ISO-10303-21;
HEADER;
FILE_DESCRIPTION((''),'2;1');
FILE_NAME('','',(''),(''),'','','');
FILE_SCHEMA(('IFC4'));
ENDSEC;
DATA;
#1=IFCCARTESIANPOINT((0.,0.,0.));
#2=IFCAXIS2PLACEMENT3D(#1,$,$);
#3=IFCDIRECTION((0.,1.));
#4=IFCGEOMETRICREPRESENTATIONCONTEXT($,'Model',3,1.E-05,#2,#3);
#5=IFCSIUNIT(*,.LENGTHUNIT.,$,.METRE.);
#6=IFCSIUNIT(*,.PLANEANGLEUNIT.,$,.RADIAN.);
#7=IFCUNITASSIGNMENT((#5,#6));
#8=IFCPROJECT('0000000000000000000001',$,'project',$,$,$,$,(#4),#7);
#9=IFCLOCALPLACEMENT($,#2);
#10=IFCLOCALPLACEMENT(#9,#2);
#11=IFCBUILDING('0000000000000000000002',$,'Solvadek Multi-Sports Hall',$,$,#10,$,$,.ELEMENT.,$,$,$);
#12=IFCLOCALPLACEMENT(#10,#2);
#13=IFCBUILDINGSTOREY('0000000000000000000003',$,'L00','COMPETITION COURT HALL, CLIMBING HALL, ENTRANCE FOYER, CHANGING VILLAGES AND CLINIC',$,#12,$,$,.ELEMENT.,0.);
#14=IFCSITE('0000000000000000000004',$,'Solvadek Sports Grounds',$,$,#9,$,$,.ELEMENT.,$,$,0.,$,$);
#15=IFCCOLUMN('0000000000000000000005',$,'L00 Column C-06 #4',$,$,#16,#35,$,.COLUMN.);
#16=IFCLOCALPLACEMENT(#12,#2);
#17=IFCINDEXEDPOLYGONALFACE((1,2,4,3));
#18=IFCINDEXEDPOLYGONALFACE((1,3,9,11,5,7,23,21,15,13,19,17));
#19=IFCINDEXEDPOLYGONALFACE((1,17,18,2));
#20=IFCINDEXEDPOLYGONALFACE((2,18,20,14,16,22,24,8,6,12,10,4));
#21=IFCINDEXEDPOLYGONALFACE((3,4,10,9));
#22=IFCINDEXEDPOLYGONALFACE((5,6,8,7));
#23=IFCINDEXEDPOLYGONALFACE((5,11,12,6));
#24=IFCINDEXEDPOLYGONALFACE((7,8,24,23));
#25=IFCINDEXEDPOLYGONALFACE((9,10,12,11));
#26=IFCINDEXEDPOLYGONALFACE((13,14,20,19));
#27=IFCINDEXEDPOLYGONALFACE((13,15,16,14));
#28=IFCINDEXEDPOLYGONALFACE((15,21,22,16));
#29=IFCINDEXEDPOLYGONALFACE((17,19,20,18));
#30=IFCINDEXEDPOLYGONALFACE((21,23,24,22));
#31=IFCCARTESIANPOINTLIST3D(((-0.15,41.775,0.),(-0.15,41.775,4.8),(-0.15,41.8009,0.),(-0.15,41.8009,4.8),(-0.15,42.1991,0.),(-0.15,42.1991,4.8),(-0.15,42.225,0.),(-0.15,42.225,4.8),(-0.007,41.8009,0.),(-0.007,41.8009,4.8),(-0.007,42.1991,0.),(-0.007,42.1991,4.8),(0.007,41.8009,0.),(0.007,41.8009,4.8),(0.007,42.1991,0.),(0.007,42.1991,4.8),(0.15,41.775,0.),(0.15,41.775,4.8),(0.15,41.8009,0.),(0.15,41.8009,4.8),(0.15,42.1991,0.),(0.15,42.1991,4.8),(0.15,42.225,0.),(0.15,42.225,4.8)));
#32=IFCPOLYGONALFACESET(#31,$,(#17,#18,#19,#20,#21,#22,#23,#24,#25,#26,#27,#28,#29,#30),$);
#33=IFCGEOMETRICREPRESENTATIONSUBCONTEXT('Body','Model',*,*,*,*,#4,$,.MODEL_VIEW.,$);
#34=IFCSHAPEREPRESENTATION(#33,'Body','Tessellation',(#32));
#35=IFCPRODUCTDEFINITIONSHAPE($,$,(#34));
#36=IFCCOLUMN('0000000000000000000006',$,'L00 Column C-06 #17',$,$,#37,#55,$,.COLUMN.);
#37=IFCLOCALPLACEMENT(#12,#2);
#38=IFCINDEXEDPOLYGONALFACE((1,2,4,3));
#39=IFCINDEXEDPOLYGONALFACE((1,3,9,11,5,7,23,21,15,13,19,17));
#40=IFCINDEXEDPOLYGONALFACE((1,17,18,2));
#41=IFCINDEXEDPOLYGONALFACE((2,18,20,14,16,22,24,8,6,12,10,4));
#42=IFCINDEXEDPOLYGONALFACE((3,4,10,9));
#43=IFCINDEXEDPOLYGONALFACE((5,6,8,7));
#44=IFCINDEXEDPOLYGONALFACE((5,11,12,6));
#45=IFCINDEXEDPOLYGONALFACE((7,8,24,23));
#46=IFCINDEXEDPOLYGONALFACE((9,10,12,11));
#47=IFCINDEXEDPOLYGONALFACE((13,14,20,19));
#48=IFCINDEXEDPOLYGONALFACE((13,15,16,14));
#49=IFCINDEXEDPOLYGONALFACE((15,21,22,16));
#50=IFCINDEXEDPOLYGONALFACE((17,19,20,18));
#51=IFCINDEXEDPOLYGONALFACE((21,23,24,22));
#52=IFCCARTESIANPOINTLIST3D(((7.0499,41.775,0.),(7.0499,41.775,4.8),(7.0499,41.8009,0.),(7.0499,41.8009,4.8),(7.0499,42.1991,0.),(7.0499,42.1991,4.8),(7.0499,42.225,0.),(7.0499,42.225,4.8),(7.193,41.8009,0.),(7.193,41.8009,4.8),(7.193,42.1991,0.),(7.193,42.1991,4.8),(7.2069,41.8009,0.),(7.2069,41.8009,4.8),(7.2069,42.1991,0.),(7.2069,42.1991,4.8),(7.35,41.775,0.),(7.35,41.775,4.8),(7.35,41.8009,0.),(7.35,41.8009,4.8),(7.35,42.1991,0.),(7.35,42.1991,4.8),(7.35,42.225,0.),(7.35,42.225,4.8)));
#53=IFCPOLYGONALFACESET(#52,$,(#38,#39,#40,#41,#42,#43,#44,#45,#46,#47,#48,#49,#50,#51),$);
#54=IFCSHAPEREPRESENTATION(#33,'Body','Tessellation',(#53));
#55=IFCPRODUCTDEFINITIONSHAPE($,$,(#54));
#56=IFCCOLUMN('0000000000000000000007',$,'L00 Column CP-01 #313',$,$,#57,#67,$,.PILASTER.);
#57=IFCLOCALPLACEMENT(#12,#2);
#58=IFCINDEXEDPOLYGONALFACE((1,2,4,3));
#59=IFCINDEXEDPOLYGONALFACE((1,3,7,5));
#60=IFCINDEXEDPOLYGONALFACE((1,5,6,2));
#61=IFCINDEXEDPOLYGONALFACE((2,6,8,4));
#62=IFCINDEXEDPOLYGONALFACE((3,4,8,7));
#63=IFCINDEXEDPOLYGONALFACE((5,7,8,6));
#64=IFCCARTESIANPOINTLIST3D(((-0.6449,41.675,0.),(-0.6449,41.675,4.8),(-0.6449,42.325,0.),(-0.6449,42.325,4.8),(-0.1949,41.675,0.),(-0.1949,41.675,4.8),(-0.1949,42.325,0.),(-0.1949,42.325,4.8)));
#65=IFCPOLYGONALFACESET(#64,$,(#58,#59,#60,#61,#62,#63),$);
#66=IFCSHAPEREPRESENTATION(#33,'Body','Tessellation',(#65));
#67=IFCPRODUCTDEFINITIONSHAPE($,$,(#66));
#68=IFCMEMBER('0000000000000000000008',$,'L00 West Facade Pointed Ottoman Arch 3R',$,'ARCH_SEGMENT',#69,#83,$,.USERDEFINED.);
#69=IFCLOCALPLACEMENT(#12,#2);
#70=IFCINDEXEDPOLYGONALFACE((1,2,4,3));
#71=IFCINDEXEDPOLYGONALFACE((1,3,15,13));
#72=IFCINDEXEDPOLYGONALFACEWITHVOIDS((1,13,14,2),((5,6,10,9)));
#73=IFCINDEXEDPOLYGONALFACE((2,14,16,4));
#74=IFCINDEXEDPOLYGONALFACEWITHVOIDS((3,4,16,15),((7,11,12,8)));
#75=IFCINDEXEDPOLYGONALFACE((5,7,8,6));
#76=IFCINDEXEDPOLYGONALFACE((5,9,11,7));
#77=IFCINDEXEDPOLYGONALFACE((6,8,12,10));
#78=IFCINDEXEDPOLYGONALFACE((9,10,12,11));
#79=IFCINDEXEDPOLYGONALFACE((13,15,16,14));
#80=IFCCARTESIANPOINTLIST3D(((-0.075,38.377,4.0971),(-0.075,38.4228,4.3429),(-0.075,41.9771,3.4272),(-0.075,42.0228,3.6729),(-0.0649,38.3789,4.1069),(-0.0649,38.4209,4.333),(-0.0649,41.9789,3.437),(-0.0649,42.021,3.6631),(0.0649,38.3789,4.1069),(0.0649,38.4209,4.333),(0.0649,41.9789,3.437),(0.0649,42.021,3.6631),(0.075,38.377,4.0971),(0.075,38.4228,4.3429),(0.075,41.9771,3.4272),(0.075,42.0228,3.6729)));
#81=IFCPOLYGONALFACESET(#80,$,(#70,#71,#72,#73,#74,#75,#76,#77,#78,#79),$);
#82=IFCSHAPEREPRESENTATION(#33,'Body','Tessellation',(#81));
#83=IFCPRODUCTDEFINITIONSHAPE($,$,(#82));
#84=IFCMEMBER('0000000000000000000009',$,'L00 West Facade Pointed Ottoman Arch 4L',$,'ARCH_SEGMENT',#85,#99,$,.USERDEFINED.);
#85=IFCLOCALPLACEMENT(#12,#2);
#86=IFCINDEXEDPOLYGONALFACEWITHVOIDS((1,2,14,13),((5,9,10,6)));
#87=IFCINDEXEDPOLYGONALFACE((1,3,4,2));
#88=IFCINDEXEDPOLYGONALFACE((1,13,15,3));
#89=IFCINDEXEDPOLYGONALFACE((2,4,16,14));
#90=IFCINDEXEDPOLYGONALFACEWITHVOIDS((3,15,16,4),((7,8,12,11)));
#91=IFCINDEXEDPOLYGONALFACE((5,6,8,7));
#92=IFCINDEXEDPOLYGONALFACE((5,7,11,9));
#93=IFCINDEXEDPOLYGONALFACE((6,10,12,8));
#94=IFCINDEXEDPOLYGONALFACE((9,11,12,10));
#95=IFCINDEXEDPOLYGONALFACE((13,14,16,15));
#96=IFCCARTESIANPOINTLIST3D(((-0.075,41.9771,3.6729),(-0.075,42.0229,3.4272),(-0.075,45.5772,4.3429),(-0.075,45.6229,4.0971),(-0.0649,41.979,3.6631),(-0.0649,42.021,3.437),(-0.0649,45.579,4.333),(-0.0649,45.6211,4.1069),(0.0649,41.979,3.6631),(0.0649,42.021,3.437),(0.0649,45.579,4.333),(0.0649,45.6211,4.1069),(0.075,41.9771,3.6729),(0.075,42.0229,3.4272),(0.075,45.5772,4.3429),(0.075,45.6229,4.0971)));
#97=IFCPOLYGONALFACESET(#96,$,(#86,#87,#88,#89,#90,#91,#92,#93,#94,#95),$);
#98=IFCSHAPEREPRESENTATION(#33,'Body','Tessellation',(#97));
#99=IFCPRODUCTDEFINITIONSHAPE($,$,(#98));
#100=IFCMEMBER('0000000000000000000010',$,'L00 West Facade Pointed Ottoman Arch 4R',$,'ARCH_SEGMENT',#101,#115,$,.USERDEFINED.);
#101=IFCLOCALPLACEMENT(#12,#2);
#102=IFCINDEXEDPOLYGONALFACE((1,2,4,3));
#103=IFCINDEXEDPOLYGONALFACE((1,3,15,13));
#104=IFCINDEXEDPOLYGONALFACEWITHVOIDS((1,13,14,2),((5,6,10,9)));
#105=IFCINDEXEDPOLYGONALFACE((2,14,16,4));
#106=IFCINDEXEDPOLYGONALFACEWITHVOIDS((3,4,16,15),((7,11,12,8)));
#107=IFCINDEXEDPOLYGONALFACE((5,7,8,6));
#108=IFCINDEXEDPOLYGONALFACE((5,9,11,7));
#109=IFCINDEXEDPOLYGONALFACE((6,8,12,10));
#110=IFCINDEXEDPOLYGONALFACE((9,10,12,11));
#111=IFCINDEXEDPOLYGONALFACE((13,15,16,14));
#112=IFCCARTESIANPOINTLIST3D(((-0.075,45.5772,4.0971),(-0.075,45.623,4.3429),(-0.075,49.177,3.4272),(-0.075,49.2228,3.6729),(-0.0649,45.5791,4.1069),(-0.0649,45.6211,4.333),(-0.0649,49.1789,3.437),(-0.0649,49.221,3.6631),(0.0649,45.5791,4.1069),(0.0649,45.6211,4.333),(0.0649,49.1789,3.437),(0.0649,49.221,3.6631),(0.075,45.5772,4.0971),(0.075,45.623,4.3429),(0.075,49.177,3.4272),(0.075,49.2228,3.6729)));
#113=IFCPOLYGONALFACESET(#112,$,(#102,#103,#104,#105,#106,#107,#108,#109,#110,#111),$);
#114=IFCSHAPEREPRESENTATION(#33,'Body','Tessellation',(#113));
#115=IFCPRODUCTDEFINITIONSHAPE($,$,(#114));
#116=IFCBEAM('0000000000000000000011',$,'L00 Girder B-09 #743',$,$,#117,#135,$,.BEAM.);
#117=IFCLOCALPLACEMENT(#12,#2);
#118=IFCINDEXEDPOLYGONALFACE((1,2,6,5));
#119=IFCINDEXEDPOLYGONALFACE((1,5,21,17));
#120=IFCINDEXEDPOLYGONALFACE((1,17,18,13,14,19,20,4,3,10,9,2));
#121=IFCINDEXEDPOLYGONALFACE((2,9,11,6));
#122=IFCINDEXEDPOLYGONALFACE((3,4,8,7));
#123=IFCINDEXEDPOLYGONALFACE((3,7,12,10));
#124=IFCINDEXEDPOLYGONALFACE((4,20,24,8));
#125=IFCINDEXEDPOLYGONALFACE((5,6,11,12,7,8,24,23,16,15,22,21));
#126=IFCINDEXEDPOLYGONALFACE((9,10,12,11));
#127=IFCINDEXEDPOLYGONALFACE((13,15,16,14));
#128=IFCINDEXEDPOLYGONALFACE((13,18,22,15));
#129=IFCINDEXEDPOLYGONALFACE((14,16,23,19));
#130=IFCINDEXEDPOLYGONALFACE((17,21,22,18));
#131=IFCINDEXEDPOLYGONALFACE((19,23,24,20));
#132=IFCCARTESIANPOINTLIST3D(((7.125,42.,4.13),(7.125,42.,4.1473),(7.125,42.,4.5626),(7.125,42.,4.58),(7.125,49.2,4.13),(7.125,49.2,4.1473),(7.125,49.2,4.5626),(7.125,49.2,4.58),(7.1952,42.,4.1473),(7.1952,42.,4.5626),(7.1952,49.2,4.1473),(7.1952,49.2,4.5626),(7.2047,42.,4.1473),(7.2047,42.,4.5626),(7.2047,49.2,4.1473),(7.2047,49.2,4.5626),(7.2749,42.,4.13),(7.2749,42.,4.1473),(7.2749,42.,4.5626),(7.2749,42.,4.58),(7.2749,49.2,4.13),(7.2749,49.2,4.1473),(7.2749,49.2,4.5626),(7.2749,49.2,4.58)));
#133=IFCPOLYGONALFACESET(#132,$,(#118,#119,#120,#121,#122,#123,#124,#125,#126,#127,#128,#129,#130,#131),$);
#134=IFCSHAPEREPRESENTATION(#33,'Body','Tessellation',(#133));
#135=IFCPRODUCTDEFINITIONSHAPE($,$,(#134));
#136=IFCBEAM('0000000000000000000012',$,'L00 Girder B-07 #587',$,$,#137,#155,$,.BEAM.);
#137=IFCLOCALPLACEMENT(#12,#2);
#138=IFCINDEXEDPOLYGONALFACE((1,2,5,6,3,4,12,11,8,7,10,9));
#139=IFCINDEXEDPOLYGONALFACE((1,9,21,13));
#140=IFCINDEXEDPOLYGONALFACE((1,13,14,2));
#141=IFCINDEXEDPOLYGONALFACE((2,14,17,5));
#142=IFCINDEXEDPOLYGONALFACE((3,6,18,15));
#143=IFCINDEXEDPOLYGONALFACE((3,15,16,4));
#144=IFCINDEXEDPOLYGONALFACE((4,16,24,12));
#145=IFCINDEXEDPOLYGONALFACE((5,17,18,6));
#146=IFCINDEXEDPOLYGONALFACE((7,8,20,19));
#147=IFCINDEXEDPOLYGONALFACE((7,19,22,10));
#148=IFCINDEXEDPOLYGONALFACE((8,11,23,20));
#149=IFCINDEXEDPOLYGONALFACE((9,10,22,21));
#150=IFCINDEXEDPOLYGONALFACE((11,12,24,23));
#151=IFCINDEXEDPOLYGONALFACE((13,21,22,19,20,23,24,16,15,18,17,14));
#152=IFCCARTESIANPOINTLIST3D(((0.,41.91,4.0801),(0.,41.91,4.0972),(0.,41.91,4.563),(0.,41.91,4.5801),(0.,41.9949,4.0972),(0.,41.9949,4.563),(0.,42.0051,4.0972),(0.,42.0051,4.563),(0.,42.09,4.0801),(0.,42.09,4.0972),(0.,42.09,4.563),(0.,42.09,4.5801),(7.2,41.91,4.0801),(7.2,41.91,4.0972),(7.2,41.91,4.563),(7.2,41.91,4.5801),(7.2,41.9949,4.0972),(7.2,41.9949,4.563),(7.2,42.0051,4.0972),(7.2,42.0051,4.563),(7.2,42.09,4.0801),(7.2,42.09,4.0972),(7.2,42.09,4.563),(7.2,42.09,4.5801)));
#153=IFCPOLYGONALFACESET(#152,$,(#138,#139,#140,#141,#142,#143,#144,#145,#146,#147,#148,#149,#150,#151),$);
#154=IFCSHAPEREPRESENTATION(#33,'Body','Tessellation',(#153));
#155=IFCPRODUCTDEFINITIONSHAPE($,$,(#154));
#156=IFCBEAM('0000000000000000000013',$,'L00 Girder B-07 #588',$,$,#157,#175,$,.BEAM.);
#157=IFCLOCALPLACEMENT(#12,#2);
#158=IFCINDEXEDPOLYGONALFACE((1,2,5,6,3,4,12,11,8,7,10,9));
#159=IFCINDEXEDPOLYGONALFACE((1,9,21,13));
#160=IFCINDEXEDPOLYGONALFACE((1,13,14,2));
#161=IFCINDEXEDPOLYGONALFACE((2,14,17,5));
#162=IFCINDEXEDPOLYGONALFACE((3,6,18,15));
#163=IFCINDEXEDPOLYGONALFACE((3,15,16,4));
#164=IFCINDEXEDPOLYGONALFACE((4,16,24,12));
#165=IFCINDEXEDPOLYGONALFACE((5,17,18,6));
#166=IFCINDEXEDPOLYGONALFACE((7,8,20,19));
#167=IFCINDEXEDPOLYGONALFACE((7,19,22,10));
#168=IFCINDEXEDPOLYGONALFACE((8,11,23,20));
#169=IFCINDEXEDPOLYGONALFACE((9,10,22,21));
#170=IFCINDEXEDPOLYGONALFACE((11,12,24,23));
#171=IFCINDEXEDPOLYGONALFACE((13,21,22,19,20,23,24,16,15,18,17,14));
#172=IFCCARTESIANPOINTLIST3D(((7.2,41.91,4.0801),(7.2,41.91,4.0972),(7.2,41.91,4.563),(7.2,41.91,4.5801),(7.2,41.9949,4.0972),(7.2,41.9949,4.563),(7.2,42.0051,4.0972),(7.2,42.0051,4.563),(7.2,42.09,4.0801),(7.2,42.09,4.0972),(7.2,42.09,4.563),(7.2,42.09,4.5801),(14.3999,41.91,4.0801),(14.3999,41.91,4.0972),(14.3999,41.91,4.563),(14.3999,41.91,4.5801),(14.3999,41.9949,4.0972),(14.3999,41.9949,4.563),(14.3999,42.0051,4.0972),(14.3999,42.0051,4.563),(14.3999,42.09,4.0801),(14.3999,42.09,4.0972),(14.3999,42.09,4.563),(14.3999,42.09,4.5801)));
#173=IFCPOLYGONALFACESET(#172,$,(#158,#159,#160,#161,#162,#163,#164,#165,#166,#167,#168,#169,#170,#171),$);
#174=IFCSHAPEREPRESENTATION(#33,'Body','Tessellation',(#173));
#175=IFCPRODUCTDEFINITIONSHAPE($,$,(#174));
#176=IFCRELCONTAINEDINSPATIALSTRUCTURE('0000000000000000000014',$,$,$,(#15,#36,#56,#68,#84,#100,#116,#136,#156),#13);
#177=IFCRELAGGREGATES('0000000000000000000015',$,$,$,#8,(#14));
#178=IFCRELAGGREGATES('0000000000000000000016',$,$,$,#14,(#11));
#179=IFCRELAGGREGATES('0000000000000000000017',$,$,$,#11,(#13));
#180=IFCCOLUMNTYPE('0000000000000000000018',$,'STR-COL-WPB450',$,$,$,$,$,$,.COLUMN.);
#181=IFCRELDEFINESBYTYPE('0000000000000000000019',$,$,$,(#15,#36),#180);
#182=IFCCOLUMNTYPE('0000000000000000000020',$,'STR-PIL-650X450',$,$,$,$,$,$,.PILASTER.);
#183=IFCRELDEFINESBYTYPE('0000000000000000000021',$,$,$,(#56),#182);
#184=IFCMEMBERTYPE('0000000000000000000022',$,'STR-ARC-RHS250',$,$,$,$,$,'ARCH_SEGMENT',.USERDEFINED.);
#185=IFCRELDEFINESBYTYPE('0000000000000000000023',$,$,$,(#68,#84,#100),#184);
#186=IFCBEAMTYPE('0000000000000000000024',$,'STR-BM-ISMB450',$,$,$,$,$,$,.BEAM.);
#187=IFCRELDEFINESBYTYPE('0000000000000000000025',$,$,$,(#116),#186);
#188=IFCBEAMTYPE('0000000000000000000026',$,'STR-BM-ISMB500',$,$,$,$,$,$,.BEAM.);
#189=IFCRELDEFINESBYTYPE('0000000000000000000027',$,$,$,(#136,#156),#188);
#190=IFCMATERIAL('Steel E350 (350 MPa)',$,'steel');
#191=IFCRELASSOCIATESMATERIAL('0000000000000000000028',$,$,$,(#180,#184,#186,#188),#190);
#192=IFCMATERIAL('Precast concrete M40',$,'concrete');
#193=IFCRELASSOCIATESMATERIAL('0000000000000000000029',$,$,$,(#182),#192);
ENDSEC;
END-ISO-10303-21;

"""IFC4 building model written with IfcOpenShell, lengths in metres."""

from ifc_helpers import new_model, si_unit, direction, frame, origin, origin_2d, place, context, subcontext, project, spatial, rectangle, hollow_rectangle, i_section, extrude, material, material_profile, profile_set, type_object, element, save


model = new_model("IFC4")

# Units and contexts
model_context = context("Model", 3, precision=1e-05, world=origin(), true_north=direction((0.0, 1.0)))
body_context = subcontext(model_context, "Body", "Model", "MODEL_VIEW")
ifc_project = project(units=[si_unit("LENGTHUNIT", "METRE"), si_unit("PLANEANGLEUNIT", "RADIAN")], contexts=[model_context])

# Site, building, storey
site_placement = place(None, origin())
site = spatial("IfcSite", under=ifc_project, at=site_placement, Name="Solvadek Sports Grounds", CompositionType="ELEMENT", RefElevation=0.0)
building_placement = place(site_placement, origin())
building = spatial("IfcBuilding", under=site, at=building_placement, Name="Solvadek Multi-Sports Hall", CompositionType="ELEMENT")
storey_placement = place(building_placement, origin())
storey = spatial("IfcBuildingStorey", under=building, at=storey_placement, Name="L00", Description="COMPETITION COURT HALL, CLIMBING HALL, ENTRANCE FOYER, CHANGING VILLAGES AND CLINIC", CompositionType="ELEMENT", Elevation=0.0)

# Columns
ifc_material_1 = material(Name="Steel E350 (350 MPa)", Category="steel")
ifc_material_profile_1 = material_profile(ifc_material_1, i_section(OverallWidth=0.3, OverallDepth=0.45, WebThickness=0.0139, FlangeThickness=0.0259, at=origin_2d()), Name="WPB 450")
ifc_profile_set_1 = profile_set([ifc_material_profile_1], Name="Steel E350 (350 MPa)")
column_type_1 = type_object("IfcColumnType", Name="STR-COL-WPB450", PredefinedType="COLUMN", material=ifc_profile_set_1)
for number, where, z_axis, x_axis, name in (
    (1, (0.0, 42.0, 0.0), (0.0, 0.0, 1.0), (1.0, 0.0, 0.0), "L00 Column C-06 #4"),
    (2, (7.2, 42.0, 0.0), (0.0, 0.0, 1.0), (1.0, 0.0, 0.0), "L00 Column C-06 #17"),
):
    element("IfcColumn", number, at=place(storey_placement, frame(where, z_axis=z_axis, x_axis=x_axis)), inside=storey, type_object=column_type_1, Name=name, PredefinedType="COLUMN", context=body_context, shape_type="SweptSolid", body=[
        extrude(i_section(OverallWidth=0.3, OverallDepth=0.45, WebThickness=0.0139, FlangeThickness=0.0259, at=origin_2d()), origin(), (0.0, 0.0, 1.0), 4.8),
    ])
ifc_material_2 = material(Name="Precast concrete M40", Category="concrete")
ifc_material_profile_2 = material_profile(ifc_material_2, rectangle(XDim=0.45, YDim=0.6499, at=origin_2d()), Name="RC PILASTER 650x450")
ifc_profile_set_2 = profile_set([ifc_material_profile_2], Name="Precast concrete M40")
column_type_2 = type_object("IfcColumnType", Name="STR-PIL-650X450", PredefinedType="PILASTER", material=ifc_profile_set_2)
column_placement = place(storey_placement, frame((-0.4199, 42.0, 0.0), z_axis=(0.0, 0.0, 1.0), x_axis=(1.0, 0.0, 0.0)))
element("IfcColumn", 3, at=column_placement, inside=storey, type_object=column_type_2, Name="L00 Column CP-01 #313", PredefinedType="PILASTER", context=body_context, shape_type="SweptSolid", body=[
    extrude(rectangle(XDim=0.45, YDim=0.6499, at=origin_2d()), origin(), (0.0, 0.0, 1.0), 4.8),
])

# Members
ifc_material_profile_3 = material_profile(ifc_material_1, hollow_rectangle(XDim=0.1499, YDim=0.25, WallThickness=0.01, at=origin_2d()), Name="RHS 250x150x10")
ifc_profile_set_3 = profile_set([ifc_material_profile_3], Name="Steel E350 (350 MPa)")
member_type = type_object("IfcMemberType", Name="STR-ARC-RHS250", ElementType="ARCH_SEGMENT", PredefinedType="USERDEFINED", material=ifc_profile_set_3)
for number, where, z_axis, x_axis, name in (
    (4, (0.0, 38.3999, 4.22), (0.0, 0.983123, -0.182944), (-1.0, 0.0, 0.0), "L00 West Facade Pointed Ottoman Arch 3R"),
    (5, (0.0, 42.0, 3.55), (0.0, 0.983123, 0.182944), (-1.0, 0.0, 0.0), "L00 West Facade Pointed Ottoman Arch 4L"),
):
    element("IfcMember", number, at=place(storey_placement, frame(where, z_axis=z_axis, x_axis=x_axis)), inside=storey, type_object=member_type, Name=name, ObjectType="ARCH_SEGMENT", PredefinedType="USERDEFINED", context=body_context, shape_type="SweptSolid", body=[
        extrude(hollow_rectangle(XDim=0.1499, YDim=0.25, WallThickness=0.01, at=origin_2d()), origin(), (0.0, 0.0, 1.0), 3.6619),
    ])
member_placement = place(storey_placement, frame((0.0, 45.6001, 4.22), z_axis=(0.0, 0.983121, -0.182956), x_axis=(-1.0, 0.0, 0.0)))
element("IfcMember", 6, at=member_placement, inside=storey, type_object=member_type, Name="L00 West Facade Pointed Ottoman Arch 4R", ObjectType="ARCH_SEGMENT", PredefinedType="USERDEFINED", context=body_context, shape_type="SweptSolid", body=[
    extrude(hollow_rectangle(XDim=0.1499, YDim=0.25, WallThickness=0.01, at=origin_2d()), origin(), (0.0, 0.0, 1.0), 3.6616),
])

# Beams
ifc_material_profile_4 = material_profile(ifc_material_1, i_section(OverallWidth=0.1499, OverallDepth=0.45, WebThickness=0.0095, FlangeThickness=0.0173, at=origin_2d()), Name="ISMB 450")
ifc_profile_set_4 = profile_set([ifc_material_profile_4], Name="Steel E350 (350 MPa)")
beam_type_1 = type_object("IfcBeamType", Name="STR-BM-ISMB450", PredefinedType="BEAM", material=ifc_profile_set_4)
beam_1_placement = place(storey_placement, frame((7.2, 42.0, 4.355), z_axis=(0.0, 1.0, 0.0), x_axis=(-1.0, 0.0, 0.0)))
element("IfcBeam", 7, at=beam_1_placement, inside=storey, type_object=beam_type_1, Name="L00 Girder B-09 #743", PredefinedType="BEAM", context=body_context, shape_type="SweptSolid", body=[
    extrude(i_section(OverallWidth=0.1499, OverallDepth=0.45, WebThickness=0.0095, FlangeThickness=0.0173, at=origin_2d()), origin(), (0.0, 0.0, 1.0), 7.2),
])
ifc_material_profile_5 = material_profile(ifc_material_1, i_section(OverallWidth=0.1799, OverallDepth=0.5, WebThickness=0.0103, FlangeThickness=0.0171, at=origin_2d()), Name="ISMB 500")
ifc_profile_set_5 = profile_set([ifc_material_profile_5], Name="Steel E350 (350 MPa)")
beam_type_2 = type_object("IfcBeamType", Name="STR-BM-ISMB500", PredefinedType="BEAM", material=ifc_profile_set_5)
for number, where, z_axis, x_axis, name in (
    (8, (0.0, 42.0, 4.3301), (1.0, 0.0, 0.0), (0.0, 1.0, 0.0), "L00 Girder B-07 #587"),
    (9, (7.2, 42.0, 4.3301), (1.0, 0.0, 0.0), (0.0, 1.0, 0.0), "L00 Girder B-07 #588"),
):
    element("IfcBeam", number, at=place(storey_placement, frame(where, z_axis=z_axis, x_axis=x_axis)), inside=storey, type_object=beam_type_2, Name=name, PredefinedType="BEAM", context=body_context, shape_type="SweptSolid", body=[
        extrude(i_section(OverallWidth=0.1799, OverallDepth=0.5, WebThickness=0.0103, FlangeThickness=0.0171, at=origin_2d()), origin(), (0.0, 0.0, 1.0), 7.2),
    ])

save(model, "model.ifc")
